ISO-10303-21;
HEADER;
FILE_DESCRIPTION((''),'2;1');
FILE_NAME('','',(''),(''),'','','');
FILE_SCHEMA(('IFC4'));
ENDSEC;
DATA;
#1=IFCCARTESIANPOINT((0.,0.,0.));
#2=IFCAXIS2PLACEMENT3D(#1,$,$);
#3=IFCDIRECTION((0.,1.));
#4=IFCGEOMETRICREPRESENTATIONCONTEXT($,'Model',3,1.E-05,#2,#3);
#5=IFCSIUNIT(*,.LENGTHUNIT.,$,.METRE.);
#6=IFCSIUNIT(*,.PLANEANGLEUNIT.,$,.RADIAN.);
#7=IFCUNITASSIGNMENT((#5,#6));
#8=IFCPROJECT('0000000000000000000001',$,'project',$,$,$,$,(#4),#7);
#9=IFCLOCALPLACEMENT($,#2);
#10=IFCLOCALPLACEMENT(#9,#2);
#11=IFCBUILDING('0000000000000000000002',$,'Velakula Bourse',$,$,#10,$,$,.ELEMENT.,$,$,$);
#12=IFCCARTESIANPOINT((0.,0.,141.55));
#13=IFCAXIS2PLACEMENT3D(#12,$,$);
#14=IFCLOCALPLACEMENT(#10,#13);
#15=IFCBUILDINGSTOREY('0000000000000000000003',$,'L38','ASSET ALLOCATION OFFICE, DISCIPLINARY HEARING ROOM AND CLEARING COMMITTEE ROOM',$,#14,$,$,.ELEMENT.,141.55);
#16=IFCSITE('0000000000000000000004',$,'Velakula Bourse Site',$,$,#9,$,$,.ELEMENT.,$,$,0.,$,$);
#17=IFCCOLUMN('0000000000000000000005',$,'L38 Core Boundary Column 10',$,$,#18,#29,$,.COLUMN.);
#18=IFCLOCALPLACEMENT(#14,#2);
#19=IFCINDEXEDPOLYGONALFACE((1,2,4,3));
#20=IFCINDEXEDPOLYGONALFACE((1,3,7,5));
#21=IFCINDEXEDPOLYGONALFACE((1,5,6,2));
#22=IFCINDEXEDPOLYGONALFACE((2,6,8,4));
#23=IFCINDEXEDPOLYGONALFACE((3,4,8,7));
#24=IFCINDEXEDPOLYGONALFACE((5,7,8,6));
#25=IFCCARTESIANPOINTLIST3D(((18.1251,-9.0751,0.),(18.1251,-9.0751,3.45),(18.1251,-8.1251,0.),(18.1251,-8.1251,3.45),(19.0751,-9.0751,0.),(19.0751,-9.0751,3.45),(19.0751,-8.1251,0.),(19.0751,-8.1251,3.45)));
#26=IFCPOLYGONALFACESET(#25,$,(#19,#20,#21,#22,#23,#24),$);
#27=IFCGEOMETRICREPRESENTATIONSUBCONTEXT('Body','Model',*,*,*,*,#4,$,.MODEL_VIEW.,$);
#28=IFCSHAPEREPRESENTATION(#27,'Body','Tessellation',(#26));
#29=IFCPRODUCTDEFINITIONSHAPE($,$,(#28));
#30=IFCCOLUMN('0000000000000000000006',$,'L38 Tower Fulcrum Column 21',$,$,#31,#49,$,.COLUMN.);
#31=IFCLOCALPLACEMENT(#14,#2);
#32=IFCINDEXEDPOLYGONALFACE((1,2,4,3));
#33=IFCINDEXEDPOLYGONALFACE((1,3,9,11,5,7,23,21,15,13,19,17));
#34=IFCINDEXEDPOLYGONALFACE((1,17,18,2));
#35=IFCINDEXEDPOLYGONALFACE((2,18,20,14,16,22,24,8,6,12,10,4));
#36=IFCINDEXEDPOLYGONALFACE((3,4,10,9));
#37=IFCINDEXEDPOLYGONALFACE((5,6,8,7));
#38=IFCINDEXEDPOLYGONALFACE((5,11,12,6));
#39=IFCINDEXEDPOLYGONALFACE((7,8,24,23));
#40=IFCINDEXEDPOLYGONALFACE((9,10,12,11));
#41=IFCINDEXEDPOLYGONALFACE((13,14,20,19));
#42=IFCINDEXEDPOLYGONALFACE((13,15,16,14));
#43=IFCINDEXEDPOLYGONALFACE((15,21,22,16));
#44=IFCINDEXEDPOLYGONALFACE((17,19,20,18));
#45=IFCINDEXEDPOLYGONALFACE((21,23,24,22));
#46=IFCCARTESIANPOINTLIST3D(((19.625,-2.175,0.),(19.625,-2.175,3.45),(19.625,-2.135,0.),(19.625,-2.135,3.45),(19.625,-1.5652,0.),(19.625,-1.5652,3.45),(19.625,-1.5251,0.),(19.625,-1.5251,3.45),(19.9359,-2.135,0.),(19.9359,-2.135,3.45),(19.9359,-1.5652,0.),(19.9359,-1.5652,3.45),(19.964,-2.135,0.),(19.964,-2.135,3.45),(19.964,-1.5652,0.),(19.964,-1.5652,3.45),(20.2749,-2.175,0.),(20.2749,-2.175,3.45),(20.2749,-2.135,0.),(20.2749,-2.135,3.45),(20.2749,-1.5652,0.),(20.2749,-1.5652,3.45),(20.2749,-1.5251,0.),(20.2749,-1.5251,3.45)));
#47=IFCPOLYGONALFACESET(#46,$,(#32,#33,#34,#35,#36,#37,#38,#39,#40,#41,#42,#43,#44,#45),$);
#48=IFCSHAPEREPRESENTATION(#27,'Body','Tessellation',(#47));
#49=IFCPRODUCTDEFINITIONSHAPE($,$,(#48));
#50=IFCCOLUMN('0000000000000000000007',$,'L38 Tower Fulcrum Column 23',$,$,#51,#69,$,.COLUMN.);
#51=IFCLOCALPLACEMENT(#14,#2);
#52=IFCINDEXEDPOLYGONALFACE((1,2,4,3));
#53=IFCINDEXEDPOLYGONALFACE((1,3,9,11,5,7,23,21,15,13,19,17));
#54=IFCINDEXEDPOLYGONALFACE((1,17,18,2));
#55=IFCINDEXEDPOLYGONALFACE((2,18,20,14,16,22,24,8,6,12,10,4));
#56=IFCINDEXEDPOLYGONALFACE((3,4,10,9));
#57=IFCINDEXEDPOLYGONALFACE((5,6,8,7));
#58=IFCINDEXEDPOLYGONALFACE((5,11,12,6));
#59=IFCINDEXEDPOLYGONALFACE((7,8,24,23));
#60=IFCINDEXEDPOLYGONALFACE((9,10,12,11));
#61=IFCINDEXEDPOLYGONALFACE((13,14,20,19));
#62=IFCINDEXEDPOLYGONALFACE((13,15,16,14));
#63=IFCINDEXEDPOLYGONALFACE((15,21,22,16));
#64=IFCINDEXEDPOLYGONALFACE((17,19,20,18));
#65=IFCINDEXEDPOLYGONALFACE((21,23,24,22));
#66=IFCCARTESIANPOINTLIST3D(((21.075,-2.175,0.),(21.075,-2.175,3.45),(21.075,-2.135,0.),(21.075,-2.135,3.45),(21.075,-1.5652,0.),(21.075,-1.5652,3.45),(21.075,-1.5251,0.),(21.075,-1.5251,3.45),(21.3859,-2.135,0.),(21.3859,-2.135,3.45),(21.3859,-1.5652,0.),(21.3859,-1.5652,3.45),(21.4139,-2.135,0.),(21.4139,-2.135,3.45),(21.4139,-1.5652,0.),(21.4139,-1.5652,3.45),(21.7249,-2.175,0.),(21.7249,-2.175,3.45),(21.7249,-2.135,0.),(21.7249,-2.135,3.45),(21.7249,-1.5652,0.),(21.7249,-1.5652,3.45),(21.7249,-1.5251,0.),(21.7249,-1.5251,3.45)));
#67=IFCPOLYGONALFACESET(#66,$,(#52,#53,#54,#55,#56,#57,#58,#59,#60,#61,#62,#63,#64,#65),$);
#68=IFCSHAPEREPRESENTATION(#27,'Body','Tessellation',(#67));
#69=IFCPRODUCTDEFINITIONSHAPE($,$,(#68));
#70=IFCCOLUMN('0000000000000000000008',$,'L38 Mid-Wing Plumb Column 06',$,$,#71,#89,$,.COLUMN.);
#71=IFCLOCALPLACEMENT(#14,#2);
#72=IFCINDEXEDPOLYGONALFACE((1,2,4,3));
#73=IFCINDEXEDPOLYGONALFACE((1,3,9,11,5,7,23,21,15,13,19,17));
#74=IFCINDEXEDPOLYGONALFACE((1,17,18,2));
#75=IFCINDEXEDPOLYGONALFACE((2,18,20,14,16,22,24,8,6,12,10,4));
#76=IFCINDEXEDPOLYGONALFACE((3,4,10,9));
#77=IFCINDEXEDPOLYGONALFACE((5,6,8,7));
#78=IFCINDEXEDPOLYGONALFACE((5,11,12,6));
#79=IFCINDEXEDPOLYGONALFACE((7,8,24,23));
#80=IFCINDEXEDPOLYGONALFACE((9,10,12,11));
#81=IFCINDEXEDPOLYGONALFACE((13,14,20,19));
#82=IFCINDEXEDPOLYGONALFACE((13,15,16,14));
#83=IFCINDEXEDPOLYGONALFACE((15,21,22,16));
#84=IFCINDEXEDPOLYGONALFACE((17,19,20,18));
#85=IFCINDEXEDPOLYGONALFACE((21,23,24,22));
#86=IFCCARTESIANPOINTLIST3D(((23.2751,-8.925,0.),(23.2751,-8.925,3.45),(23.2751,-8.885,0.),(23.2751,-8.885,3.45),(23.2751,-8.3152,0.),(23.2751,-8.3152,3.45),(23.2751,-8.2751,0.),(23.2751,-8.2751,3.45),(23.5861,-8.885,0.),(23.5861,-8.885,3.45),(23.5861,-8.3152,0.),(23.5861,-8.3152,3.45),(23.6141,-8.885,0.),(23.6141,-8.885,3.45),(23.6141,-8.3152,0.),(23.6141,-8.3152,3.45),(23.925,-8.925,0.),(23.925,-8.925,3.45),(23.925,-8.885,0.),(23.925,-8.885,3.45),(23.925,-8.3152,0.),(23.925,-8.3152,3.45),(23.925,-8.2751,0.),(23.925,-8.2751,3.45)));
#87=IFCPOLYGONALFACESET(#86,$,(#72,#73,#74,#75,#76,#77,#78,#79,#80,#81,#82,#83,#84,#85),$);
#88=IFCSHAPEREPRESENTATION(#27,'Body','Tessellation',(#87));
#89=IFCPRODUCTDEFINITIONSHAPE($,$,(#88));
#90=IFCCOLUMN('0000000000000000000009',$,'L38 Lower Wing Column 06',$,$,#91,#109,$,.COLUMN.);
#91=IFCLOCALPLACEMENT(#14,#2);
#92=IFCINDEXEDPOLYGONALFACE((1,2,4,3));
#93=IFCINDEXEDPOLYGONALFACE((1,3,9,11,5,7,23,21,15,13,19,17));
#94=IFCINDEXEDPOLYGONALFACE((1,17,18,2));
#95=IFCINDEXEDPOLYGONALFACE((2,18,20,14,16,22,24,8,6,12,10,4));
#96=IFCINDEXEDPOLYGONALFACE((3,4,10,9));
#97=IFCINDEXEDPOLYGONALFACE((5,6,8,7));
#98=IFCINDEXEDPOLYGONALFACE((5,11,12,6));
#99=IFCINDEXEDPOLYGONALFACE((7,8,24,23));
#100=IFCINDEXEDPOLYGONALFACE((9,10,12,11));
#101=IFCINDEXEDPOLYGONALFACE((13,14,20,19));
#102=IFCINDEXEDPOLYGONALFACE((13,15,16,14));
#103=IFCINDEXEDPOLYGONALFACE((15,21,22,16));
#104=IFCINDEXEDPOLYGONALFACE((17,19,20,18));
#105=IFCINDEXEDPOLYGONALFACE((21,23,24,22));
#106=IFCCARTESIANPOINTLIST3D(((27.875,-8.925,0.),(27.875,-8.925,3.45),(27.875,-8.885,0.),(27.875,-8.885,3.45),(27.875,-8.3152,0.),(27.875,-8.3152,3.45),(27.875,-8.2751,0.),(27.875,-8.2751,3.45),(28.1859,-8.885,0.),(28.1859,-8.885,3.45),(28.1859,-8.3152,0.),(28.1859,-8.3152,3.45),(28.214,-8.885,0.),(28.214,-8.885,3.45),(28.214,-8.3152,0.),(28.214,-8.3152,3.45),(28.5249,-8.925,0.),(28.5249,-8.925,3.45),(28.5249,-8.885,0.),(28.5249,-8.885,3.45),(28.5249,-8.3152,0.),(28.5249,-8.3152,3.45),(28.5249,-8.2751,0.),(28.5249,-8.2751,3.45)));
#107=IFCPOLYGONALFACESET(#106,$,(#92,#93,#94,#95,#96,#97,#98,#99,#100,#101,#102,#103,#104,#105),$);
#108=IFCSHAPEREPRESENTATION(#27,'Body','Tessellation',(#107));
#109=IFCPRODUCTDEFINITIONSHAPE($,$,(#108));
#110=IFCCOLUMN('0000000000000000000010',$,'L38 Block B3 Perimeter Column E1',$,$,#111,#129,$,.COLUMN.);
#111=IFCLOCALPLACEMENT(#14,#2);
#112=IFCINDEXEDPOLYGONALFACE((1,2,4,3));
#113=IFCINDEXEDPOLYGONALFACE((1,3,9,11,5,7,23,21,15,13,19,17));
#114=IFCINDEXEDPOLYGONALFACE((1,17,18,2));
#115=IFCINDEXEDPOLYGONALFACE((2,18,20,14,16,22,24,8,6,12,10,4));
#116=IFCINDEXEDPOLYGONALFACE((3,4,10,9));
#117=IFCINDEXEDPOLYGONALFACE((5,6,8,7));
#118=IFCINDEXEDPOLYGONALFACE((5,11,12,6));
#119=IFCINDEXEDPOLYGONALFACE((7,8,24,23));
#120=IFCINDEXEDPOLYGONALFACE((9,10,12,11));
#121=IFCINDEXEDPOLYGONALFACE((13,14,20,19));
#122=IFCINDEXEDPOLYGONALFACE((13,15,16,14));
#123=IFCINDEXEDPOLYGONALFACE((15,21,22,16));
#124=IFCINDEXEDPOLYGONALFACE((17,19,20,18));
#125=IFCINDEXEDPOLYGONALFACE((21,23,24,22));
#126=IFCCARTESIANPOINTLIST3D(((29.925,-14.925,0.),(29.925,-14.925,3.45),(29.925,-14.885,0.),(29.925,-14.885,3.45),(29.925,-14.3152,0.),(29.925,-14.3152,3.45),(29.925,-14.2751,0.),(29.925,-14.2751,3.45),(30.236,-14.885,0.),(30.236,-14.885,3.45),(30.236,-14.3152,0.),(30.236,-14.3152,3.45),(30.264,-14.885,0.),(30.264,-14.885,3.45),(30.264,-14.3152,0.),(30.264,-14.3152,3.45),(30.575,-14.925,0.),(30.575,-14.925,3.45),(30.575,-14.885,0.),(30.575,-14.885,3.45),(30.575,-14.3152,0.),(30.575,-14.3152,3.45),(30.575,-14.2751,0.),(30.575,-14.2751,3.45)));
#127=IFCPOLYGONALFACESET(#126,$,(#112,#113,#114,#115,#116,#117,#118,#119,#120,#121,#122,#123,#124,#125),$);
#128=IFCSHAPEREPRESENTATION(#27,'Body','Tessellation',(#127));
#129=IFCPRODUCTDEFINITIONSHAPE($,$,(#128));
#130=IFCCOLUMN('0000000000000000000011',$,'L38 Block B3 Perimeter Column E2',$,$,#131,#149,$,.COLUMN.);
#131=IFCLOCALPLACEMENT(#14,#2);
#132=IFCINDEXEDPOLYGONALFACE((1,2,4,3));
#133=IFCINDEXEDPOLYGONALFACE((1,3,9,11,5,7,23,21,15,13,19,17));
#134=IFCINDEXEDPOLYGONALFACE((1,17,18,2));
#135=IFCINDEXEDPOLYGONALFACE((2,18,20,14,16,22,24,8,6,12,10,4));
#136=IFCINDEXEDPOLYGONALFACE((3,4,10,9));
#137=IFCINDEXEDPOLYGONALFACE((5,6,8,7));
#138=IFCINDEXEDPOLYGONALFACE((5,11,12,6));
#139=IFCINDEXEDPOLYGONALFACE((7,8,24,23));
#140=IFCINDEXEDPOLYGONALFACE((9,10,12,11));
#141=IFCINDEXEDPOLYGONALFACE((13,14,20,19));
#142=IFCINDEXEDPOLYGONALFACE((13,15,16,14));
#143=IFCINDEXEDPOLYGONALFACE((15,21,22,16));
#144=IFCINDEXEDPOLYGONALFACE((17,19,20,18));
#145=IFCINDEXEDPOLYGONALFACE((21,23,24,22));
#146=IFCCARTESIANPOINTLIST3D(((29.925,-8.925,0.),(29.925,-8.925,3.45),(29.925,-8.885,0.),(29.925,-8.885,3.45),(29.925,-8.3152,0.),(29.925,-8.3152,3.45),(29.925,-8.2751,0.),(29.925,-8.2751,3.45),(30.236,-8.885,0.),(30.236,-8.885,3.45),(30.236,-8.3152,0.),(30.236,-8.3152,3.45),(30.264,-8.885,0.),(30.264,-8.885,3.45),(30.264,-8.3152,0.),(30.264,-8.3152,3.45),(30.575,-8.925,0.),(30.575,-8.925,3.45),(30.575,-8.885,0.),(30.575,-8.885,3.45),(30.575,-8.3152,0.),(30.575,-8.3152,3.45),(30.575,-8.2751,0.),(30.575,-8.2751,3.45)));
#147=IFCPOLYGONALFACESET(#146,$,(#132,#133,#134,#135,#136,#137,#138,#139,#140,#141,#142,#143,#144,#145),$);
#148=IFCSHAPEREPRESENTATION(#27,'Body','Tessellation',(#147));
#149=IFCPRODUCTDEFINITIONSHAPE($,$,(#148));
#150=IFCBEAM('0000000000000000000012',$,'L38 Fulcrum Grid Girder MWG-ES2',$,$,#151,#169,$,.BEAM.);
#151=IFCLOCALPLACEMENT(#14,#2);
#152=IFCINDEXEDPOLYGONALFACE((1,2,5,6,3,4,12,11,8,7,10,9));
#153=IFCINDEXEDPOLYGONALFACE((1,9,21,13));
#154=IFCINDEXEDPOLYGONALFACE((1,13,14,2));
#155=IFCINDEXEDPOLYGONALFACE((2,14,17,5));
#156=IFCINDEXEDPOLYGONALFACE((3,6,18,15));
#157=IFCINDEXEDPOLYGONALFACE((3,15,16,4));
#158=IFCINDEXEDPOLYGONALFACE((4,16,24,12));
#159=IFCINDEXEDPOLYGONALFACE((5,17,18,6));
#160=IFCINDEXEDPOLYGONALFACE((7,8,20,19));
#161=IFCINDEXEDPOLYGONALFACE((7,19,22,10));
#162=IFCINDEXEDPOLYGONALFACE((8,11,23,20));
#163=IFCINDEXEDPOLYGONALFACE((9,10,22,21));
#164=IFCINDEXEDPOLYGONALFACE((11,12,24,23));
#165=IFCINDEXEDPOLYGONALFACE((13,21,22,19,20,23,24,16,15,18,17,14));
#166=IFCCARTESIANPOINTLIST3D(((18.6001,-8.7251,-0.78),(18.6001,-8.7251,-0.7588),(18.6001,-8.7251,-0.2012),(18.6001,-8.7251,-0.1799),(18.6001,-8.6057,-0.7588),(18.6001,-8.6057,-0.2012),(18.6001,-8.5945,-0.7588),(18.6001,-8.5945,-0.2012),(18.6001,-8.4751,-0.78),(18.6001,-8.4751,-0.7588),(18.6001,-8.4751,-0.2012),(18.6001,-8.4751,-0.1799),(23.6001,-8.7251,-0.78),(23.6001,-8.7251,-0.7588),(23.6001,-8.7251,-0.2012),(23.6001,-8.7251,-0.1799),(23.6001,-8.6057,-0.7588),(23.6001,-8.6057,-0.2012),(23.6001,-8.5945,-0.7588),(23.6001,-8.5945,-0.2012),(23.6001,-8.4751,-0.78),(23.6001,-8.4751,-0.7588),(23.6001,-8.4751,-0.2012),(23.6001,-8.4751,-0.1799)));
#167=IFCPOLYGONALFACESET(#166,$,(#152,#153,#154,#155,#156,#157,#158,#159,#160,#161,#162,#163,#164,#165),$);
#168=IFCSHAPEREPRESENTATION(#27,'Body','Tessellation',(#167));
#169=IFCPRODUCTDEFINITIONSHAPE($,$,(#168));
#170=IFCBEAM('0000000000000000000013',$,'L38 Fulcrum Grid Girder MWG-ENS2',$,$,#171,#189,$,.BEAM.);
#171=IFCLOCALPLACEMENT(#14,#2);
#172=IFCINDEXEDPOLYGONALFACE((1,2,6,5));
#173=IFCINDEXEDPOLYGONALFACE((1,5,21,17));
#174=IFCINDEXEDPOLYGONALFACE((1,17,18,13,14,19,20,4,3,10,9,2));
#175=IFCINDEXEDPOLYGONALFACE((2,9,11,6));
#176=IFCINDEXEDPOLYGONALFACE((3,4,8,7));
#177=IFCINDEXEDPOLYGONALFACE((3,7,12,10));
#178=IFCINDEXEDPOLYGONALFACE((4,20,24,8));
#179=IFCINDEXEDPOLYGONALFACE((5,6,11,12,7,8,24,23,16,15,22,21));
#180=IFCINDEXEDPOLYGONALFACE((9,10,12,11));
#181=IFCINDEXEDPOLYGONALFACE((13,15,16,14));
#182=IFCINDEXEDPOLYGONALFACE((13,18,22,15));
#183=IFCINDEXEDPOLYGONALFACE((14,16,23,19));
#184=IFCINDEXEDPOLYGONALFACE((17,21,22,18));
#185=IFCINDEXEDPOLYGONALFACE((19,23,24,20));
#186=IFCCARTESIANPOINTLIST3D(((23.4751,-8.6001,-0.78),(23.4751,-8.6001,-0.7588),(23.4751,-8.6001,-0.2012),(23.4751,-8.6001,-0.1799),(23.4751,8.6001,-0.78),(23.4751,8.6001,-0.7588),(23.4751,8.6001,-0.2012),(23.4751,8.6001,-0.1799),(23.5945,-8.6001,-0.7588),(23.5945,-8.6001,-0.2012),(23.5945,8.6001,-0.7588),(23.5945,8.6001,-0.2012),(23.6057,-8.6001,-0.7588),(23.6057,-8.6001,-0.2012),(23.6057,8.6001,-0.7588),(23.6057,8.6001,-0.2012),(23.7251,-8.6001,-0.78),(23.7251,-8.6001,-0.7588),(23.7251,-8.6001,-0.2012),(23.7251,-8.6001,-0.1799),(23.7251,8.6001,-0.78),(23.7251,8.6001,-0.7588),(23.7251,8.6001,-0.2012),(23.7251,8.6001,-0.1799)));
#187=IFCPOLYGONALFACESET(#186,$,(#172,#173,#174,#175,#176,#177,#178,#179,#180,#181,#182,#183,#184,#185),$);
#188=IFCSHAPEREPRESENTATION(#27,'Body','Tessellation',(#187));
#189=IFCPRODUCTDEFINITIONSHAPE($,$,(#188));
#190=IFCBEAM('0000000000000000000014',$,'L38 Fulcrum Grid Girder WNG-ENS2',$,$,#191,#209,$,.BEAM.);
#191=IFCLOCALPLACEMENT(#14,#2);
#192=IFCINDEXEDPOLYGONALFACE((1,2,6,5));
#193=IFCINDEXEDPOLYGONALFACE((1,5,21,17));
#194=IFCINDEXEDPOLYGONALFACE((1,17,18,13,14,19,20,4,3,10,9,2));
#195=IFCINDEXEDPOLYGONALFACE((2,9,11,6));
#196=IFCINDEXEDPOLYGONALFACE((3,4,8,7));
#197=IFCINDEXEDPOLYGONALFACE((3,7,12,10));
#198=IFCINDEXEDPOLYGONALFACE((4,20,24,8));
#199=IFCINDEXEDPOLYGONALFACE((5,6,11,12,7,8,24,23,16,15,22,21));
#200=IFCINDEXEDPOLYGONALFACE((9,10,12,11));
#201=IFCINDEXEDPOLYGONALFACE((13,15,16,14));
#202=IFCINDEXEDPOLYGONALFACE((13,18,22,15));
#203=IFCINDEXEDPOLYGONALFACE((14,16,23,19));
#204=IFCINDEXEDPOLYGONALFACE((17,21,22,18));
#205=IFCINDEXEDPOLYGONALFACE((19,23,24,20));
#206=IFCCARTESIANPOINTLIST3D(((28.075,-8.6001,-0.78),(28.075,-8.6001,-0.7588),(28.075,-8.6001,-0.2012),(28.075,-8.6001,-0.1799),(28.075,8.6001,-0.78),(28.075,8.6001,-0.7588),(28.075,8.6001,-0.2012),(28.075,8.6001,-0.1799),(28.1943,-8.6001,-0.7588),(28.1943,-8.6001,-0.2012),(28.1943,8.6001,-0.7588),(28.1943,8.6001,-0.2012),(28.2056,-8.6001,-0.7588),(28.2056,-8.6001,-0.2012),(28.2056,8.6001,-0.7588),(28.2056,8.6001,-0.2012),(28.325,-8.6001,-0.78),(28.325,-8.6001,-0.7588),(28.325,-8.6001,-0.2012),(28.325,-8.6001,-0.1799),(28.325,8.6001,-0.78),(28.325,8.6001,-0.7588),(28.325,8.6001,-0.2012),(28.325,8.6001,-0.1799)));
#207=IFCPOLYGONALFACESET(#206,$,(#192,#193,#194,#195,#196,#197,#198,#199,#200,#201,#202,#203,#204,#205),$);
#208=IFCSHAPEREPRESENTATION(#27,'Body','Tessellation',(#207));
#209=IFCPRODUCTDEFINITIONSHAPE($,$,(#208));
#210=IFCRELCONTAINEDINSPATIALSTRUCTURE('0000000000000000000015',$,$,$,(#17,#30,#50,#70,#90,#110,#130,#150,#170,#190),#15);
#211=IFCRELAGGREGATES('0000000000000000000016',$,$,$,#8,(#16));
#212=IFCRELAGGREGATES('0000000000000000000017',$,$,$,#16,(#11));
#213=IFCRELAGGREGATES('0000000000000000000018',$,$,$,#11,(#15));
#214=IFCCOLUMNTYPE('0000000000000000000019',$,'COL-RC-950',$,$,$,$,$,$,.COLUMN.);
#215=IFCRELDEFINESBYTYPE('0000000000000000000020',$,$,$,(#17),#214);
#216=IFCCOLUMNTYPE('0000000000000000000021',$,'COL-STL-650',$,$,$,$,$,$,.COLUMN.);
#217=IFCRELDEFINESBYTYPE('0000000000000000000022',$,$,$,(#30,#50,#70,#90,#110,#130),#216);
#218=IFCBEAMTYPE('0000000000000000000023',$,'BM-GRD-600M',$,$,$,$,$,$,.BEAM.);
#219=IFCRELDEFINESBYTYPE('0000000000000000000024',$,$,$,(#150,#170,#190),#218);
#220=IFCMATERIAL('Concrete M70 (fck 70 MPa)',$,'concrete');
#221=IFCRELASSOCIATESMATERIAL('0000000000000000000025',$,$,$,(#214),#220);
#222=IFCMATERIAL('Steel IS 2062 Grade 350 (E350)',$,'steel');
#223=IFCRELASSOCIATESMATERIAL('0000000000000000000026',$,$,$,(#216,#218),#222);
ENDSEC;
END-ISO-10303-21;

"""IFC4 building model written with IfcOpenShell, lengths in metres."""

from ifc_helpers import new_model, si_unit, direction, frame, origin, origin_2d, place, context, subcontext, project, spatial, rectangle, i_section, extrude, material, material_profile, profile_set, type_object, element, save


model = new_model("IFC4")

# Units and contexts
model_context = context("Model", 3, precision=1e-05, world=origin(), true_north=direction((0.0, 1.0)))
body_context = subcontext(model_context, "Body", "Model", "MODEL_VIEW")
ifc_project = project(units=[si_unit("LENGTHUNIT", "METRE"), si_unit("PLANEANGLEUNIT", "RADIAN")], contexts=[model_context])

# Site, building, storey
site_placement = place(None, origin())
site = spatial("IfcSite", under=ifc_project, at=site_placement, Name="Velakula Bourse Site", CompositionType="ELEMENT", RefElevation=0.0)
building_placement = place(site_placement, origin())
building = spatial("IfcBuilding", under=site, at=building_placement, Name="Velakula Bourse", CompositionType="ELEMENT")
storey_placement = place(building_placement, frame((0.0, 0.0, 141.55)))
storey = spatial("IfcBuildingStorey", under=building, at=storey_placement, Name="L38", Description="ASSET ALLOCATION OFFICE, DISCIPLINARY HEARING ROOM AND CLEARING COMMITTEE ROOM", CompositionType="ELEMENT", Elevation=141.55)

# Columns
ifc_material_1 = material(Name="Concrete M70 (fck 70 MPa)", Category="concrete")
ifc_material_profile_1 = material_profile(ifc_material_1, rectangle(XDim=0.95, YDim=0.95, at=origin_2d()), Name="Concrete M70 (fck 70 MPa)")
ifc_profile_set_1 = profile_set([ifc_material_profile_1], Name="Concrete M70 (fck 70 MPa)")
column_type_1 = type_object("IfcColumnType", Name="COL-RC-950", PredefinedType="COLUMN", material=ifc_profile_set_1)
column_placement = place(storey_placement, frame((18.6001, -8.6001, 0.0), z_axis=(0.0, 0.0, 1.0), x_axis=(1.0, 0.0, 0.0)))
element("IfcColumn", 1, at=column_placement, inside=storey, type_object=column_type_1, Name="L38 Core Boundary Column 10", PredefinedType="COLUMN", context=body_context, shape_type="SweptSolid", body=[
    extrude(rectangle(XDim=0.95, YDim=0.95, at=origin_2d()), origin(), (0.0, 0.0, 1.0), 3.45),
])
ifc_material_2 = material(Name="Steel IS 2062 Grade 350 (E350)", Category="steel")
ifc_material_profile_2 = material_profile(ifc_material_2, i_section(OverallWidth=0.6499, OverallDepth=0.6499, WebThickness=0.0281, FlangeThickness=0.04, at=origin_2d()), Name="Steel IS 2062 Grade 350 (E350)")
ifc_profile_set_2 = profile_set([ifc_material_profile_2], Name="Steel IS 2062 Grade 350 (E350)")
column_type_2 = type_object("IfcColumnType", Name="COL-STL-650", PredefinedType="COLUMN", material=ifc_profile_set_2)
for number, where, z_axis, x_axis, name in (
    (2, (19.95, -1.8501, 0.0), (0.0, 0.0, 1.0), (1.0, 0.0, 0.0), "L38 Tower Fulcrum Column 21"),
    (3, (21.3999, -1.8501, 0.0), (0.0, 0.0, 1.0), (1.0, 0.0, 0.0), "L38 Tower Fulcrum Column 23"),
    (4, (23.6001, -8.6001, 0.0), (0.0, 0.0, 1.0), (1.0, 0.0, 0.0), "L38 Mid-Wing Plumb Column 06"),
    (5, (28.2, -8.6001, 0.0), (0.0, 0.0, 1.0), (1.0, 0.0, 0.0), "L38 Lower Wing Column 06"),
    (6, (30.25, -14.6001, 0.0), (0.0, 0.0, 1.0), (1.0, 0.0, 0.0), "L38 Block B3 Perimeter Column E1"),
    (7, (30.25, -8.6001, 0.0), (0.0, 0.0, 1.0), (1.0, 0.0, 0.0), "L38 Block B3 Perimeter Column E2"),
):
    element("IfcColumn", number, at=place(storey_placement, frame(where, z_axis=z_axis, x_axis=x_axis)), inside=storey, type_object=column_type_2, Name=name, PredefinedType="COLUMN", context=body_context, shape_type="SweptSolid", body=[
        extrude(i_section(OverallWidth=0.6499, OverallDepth=0.6499, WebThickness=0.0281, FlangeThickness=0.04, at=origin_2d()), origin(), (0.0, 0.0, 1.0), 3.45),
    ])

# Beams
ifc_material_profile_3 = material_profile(ifc_material_2, i_section(OverallWidth=0.25, OverallDepth=0.6001, WebThickness=0.0112, FlangeThickness=0.0212, at=origin_2d()), Name="Steel IS 2062 Grade 350 (E350)")
ifc_profile_set_3 = profile_set([ifc_material_profile_3], Name="Steel IS 2062 Grade 350 (E350)")
beam_type_1 = type_object("IfcBeamType", Name="BM-GRD-600M", PredefinedType="BEAM", material=ifc_profile_set_3)
beam_1_placement = place(storey_placement, frame((18.6001, -8.6001, -0.48), z_axis=(1.0, 0.0, 0.0), x_axis=(0.0, 1.0, 0.0)))
element("IfcBeam", 8, at=beam_1_placement, inside=storey, type_object=beam_type_1, Name="L38 Fulcrum Grid Girder MWG-ES2", PredefinedType="BEAM", context=body_context, shape_type="SweptSolid", body=[
    extrude(i_section(OverallWidth=0.25, OverallDepth=0.6001, WebThickness=0.0112, FlangeThickness=0.0212, at=origin_2d()), origin(), (0.0, 0.0, 1.0), 5.0),
])
for number, where, z_axis, x_axis, name in (
    (9, (23.6001, -8.6001, -0.48), (0.0, 1.0, 0.0), (-1.0, 0.0, 0.0), "L38 Fulcrum Grid Girder MWG-ENS2"),
    (10, (28.2, -8.6001, -0.48), (0.0, 1.0, 0.0), (-1.0, 0.0, 0.0), "L38 Fulcrum Grid Girder WNG-ENS2"),
):
    element("IfcBeam", number, at=place(storey_placement, frame(where, z_axis=z_axis, x_axis=x_axis)), inside=storey, type_object=beam_type_1, Name=name, PredefinedType="BEAM", context=body_context, shape_type="SweptSolid", body=[
        extrude(i_section(OverallWidth=0.25, OverallDepth=0.6001, WebThickness=0.0112, FlangeThickness=0.0212, at=origin_2d()), origin(), (0.0, 0.0, 1.0), 17.2002),
    ])

save(model, "model.ifc")
